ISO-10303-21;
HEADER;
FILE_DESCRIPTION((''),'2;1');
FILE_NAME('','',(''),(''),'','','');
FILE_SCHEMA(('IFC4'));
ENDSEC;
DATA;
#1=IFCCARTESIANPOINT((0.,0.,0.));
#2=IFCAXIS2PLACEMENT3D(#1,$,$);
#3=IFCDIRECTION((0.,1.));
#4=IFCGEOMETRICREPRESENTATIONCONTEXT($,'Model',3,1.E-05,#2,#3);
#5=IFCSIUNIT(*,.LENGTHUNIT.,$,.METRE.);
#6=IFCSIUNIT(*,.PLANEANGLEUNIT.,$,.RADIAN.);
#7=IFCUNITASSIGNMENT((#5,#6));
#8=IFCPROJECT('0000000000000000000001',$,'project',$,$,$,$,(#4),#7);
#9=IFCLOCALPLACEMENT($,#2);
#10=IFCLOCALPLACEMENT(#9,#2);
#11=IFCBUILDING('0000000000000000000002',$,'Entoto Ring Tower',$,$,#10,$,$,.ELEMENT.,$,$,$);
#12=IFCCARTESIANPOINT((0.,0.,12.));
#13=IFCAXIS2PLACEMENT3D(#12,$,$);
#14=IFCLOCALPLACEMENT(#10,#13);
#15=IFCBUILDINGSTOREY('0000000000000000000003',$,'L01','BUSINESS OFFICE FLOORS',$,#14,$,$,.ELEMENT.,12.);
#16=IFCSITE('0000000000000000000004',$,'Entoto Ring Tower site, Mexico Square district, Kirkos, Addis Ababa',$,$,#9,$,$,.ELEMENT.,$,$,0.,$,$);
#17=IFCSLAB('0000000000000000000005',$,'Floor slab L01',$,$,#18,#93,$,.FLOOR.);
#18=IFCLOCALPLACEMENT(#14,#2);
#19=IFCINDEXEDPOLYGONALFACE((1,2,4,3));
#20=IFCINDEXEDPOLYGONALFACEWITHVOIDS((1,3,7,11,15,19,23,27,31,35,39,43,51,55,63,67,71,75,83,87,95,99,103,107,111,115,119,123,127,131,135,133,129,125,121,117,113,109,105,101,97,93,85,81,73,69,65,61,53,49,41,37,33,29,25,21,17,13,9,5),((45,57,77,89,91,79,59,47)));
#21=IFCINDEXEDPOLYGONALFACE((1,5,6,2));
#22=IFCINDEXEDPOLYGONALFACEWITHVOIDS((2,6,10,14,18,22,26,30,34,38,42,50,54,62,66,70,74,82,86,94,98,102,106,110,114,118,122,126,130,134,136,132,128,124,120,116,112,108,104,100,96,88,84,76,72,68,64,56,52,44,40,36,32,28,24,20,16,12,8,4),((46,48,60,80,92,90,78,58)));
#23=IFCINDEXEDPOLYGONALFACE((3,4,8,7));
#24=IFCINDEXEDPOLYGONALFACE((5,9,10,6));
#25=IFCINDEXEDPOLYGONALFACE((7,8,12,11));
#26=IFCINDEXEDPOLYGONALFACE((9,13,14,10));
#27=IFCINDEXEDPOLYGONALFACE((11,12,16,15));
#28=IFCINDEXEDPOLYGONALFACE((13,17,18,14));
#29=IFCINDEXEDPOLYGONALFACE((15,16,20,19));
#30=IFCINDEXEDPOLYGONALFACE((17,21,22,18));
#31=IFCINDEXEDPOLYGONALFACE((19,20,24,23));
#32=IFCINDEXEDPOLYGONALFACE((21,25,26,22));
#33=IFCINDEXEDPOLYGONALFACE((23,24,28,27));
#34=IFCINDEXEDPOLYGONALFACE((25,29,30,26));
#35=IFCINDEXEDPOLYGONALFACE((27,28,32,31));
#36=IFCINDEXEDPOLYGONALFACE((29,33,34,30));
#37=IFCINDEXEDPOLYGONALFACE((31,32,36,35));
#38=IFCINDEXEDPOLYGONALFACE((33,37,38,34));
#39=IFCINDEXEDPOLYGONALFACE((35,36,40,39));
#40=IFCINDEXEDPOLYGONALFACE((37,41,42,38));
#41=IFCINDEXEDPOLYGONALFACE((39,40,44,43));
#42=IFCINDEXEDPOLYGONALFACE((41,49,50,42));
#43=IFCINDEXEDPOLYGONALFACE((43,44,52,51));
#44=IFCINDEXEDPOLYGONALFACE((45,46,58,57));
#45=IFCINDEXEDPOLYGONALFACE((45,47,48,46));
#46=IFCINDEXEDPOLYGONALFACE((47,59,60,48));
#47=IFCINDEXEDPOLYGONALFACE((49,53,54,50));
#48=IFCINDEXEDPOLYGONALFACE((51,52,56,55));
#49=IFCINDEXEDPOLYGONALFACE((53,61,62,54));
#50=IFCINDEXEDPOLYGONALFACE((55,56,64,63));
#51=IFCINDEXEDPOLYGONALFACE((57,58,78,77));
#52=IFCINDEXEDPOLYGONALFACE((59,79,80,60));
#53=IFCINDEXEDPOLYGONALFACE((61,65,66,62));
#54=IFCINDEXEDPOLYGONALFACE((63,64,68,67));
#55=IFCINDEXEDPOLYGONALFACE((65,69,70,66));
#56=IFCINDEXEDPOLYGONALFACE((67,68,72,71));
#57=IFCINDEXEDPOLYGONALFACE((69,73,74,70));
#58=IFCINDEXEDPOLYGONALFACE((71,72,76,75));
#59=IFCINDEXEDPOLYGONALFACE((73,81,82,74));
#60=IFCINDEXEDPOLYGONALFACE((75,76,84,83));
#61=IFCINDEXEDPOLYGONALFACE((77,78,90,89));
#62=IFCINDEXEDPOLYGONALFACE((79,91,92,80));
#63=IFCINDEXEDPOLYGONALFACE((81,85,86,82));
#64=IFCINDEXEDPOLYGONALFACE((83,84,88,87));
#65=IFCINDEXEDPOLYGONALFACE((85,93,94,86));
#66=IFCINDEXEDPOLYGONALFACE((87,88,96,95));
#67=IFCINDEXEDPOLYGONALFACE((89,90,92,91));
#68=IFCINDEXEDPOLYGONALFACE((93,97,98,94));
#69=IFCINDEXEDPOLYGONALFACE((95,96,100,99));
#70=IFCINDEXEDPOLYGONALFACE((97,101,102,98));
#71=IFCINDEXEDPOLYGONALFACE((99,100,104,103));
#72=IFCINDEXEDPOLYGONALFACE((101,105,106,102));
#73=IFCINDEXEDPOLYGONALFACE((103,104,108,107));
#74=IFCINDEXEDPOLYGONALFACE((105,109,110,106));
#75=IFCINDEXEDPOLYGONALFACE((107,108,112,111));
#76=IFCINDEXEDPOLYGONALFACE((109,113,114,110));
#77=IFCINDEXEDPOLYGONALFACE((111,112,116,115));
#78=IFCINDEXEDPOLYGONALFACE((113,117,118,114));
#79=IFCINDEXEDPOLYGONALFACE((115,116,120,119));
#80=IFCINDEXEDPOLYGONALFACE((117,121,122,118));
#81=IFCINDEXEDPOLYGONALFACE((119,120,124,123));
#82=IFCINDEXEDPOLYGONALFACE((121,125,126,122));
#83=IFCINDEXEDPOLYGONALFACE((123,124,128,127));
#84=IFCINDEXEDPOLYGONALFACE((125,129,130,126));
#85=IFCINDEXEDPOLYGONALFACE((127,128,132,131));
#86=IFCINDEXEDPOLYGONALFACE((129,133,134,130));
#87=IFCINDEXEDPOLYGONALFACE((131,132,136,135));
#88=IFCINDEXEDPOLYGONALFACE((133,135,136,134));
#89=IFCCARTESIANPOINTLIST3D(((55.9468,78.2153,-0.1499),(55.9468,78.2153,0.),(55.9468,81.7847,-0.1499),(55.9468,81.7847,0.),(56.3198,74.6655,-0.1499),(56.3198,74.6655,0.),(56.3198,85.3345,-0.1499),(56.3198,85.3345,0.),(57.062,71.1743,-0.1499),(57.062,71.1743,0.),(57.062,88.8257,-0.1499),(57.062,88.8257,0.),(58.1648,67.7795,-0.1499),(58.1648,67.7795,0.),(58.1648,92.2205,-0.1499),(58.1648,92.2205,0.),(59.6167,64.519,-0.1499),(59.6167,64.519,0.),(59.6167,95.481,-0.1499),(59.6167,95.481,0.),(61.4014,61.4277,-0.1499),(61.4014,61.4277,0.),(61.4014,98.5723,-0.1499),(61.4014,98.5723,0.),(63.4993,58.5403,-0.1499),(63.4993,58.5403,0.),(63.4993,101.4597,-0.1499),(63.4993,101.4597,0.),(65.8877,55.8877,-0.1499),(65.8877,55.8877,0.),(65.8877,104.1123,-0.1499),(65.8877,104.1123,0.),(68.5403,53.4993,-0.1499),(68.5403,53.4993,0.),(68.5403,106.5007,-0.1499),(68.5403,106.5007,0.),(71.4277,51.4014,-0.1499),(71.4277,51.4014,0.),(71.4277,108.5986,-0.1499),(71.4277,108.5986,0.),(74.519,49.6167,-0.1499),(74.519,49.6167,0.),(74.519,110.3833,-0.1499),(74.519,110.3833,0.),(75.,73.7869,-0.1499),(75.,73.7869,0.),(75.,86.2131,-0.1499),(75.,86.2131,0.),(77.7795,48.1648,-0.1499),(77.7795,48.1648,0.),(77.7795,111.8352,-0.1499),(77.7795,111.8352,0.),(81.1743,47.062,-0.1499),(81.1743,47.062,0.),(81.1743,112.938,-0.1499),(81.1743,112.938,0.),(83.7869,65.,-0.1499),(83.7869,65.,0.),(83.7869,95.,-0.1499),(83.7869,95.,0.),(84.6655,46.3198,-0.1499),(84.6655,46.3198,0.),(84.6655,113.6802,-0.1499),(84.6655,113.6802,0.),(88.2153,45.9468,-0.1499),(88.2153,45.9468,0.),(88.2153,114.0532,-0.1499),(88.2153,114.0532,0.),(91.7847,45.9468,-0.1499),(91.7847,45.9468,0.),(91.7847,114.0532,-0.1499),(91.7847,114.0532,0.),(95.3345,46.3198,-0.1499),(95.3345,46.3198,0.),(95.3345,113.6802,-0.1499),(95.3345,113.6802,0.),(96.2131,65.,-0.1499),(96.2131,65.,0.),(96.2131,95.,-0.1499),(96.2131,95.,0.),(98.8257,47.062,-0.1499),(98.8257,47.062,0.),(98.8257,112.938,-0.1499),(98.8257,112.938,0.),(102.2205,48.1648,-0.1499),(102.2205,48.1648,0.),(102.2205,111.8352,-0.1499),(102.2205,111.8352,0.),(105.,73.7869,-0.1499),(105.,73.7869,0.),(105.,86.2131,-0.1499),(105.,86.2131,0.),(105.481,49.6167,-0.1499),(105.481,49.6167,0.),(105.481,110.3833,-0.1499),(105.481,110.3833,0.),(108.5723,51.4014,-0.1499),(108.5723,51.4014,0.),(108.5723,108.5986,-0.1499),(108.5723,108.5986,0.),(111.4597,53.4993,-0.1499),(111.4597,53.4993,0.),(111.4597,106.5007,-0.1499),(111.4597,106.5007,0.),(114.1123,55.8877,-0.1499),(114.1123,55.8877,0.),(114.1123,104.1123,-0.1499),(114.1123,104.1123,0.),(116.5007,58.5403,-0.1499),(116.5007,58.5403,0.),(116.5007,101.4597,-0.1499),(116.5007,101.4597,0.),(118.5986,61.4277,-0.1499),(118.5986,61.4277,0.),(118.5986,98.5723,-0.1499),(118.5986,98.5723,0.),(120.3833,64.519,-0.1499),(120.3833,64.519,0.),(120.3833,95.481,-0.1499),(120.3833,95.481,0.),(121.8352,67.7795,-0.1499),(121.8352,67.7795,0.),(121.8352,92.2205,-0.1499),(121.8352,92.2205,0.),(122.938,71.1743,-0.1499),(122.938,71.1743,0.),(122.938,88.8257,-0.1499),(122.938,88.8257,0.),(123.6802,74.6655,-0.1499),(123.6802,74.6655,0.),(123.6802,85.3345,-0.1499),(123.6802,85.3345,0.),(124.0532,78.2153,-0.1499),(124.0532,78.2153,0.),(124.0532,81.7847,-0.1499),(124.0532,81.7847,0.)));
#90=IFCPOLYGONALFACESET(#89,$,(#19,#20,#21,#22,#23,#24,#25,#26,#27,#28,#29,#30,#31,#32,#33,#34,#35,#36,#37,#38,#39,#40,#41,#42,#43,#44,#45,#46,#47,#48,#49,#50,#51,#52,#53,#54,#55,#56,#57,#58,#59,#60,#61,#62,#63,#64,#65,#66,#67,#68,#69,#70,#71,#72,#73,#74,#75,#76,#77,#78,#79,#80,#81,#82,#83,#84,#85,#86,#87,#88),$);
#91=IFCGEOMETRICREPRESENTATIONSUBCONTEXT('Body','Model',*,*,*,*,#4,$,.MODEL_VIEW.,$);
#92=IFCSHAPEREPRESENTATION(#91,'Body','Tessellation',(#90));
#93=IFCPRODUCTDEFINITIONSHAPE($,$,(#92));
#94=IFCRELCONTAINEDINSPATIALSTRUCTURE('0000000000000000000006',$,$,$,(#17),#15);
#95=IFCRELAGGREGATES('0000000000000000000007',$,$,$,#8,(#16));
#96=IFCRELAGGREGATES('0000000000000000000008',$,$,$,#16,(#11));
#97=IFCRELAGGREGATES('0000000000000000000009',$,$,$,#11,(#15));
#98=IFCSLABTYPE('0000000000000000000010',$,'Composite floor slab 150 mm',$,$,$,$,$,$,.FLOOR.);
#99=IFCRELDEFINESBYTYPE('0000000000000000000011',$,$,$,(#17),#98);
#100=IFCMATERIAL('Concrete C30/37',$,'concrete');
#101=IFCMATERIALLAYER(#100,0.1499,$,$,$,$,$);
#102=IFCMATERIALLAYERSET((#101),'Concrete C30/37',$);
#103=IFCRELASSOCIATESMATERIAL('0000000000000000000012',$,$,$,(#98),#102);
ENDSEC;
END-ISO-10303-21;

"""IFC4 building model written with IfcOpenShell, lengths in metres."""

from ifc_helpers import new_model, si_unit, direction, frame, origin, place, context, subcontext, project, spatial, polyline, outline, extrude, material, layer, layer_set, type_object, element, save


model = new_model("IFC4")

# Units and contexts
model_context = context("Model", 3, precision=1e-05, world=origin(), true_north=direction((0.0, 1.0)))
body_context = subcontext(model_context, "Body", "Model", "MODEL_VIEW")
ifc_project = project(units=[si_unit("LENGTHUNIT", "METRE"), si_unit("PLANEANGLEUNIT", "RADIAN")], contexts=[model_context])

# Site, building, storey
site_placement = place(None, origin())
building_placement = place(site_placement, origin())
storey_placement = place(building_placement, frame((0.0, 0.0, 12.0)))
site = spatial("IfcSite", under=ifc_project, at=site_placement, Name="Entoto Ring Tower site, Mexico Square district, Kirkos, Addis Ababa", CompositionType="ELEMENT", RefElevation=0.0)
building = spatial("IfcBuilding", under=site, at=building_placement, Name="Entoto Ring Tower", CompositionType="ELEMENT")
storey = spatial("IfcBuildingStorey", under=building, at=storey_placement, Name="L01", Description="BUSINESS OFFICE FLOORS", CompositionType="ELEMENT", Elevation=12.0)

# Slab
ifc_material_1 = material(Name="Concrete C30/37", Category="concrete")
ifc_layer_1 = layer(ifc_material_1, 0.1499)
ifc_layer_set_1 = layer_set([ifc_layer_1], Name="Concrete C30/37")
slab_type = type_object("IfcSlabType", Name="Composite floor slab 150 mm", PredefinedType="FLOOR", material=ifc_layer_set_1)
slab_placement = place(storey_placement, frame((0.0, 0.0, -0.1499)))
element("IfcSlab", 1, at=slab_placement, inside=storey, type_object=slab_type, Name="Floor slab L01", PredefinedType="FLOOR", context=body_context, shape_type="SweptSolid", body=[
    extrude(outline(polyline([(123.6802, 85.3345), (122.938, 88.8257), (121.8352, 92.2205), (120.3833, 95.481), (118.5986, 98.5723), (116.5007, 101.4597), (114.1123, 104.1123), (111.4597, 106.5007), (108.5723, 108.5986), (105.481, 110.3833), (102.2205, 111.8352), (98.8257, 112.938), (95.3345, 113.6802), (91.7847, 114.0532), (88.2153, 114.0532), (84.6655, 113.6802), (81.1743, 112.938), (77.7795, 111.8352), (74.519, 110.3833), (71.4277, 108.5986), (68.5403, 106.5007), (65.8877, 104.1123), (63.4993, 101.4597), (61.4014, 98.5723), (59.6167, 95.481), (58.1648, 92.2205), (57.062, 88.8257), (56.3198, 85.3345), (55.9468, 81.7847), (55.9468, 78.2153), (56.3198, 74.6655), (57.062, 71.1743), (58.1648, 67.7795), (59.6167, 64.519), (61.4014, 61.4277), (63.4993, 58.5403), (65.8877, 55.8877), (68.5403, 53.4993), (71.4277, 51.4014), (74.519, 49.6167), (77.7795, 48.1648), (81.1743, 47.062), (84.6655, 46.3198), (88.2153, 45.9468), (91.7847, 45.9468), (95.3345, 46.3198), (98.8257, 47.062), (102.2205, 48.1648), (105.481, 49.6167), (108.5723, 51.4014), (111.4597, 53.4993), (114.1123, 55.8877), (116.5007, 58.5403), (118.5986, 61.4277), (120.3833, 64.519), (121.8352, 67.7795), (122.938, 71.1743), (123.6802, 74.6655), (124.0532, 78.2153), (124.0532, 81.7847), (123.6802, 85.3345)]), holes=[polyline([(105.0, 73.7869), (105.0, 86.2131), (96.2131, 95.0), (83.7869, 95.0), (75.0, 86.2131), (75.0, 73.7869), (83.7869, 65.0), (96.2131, 65.0), (105.0, 73.7869)])]), origin(), (0.0, 0.0, 1.0), 0.1499),
])

save(model, "model.ifc")
